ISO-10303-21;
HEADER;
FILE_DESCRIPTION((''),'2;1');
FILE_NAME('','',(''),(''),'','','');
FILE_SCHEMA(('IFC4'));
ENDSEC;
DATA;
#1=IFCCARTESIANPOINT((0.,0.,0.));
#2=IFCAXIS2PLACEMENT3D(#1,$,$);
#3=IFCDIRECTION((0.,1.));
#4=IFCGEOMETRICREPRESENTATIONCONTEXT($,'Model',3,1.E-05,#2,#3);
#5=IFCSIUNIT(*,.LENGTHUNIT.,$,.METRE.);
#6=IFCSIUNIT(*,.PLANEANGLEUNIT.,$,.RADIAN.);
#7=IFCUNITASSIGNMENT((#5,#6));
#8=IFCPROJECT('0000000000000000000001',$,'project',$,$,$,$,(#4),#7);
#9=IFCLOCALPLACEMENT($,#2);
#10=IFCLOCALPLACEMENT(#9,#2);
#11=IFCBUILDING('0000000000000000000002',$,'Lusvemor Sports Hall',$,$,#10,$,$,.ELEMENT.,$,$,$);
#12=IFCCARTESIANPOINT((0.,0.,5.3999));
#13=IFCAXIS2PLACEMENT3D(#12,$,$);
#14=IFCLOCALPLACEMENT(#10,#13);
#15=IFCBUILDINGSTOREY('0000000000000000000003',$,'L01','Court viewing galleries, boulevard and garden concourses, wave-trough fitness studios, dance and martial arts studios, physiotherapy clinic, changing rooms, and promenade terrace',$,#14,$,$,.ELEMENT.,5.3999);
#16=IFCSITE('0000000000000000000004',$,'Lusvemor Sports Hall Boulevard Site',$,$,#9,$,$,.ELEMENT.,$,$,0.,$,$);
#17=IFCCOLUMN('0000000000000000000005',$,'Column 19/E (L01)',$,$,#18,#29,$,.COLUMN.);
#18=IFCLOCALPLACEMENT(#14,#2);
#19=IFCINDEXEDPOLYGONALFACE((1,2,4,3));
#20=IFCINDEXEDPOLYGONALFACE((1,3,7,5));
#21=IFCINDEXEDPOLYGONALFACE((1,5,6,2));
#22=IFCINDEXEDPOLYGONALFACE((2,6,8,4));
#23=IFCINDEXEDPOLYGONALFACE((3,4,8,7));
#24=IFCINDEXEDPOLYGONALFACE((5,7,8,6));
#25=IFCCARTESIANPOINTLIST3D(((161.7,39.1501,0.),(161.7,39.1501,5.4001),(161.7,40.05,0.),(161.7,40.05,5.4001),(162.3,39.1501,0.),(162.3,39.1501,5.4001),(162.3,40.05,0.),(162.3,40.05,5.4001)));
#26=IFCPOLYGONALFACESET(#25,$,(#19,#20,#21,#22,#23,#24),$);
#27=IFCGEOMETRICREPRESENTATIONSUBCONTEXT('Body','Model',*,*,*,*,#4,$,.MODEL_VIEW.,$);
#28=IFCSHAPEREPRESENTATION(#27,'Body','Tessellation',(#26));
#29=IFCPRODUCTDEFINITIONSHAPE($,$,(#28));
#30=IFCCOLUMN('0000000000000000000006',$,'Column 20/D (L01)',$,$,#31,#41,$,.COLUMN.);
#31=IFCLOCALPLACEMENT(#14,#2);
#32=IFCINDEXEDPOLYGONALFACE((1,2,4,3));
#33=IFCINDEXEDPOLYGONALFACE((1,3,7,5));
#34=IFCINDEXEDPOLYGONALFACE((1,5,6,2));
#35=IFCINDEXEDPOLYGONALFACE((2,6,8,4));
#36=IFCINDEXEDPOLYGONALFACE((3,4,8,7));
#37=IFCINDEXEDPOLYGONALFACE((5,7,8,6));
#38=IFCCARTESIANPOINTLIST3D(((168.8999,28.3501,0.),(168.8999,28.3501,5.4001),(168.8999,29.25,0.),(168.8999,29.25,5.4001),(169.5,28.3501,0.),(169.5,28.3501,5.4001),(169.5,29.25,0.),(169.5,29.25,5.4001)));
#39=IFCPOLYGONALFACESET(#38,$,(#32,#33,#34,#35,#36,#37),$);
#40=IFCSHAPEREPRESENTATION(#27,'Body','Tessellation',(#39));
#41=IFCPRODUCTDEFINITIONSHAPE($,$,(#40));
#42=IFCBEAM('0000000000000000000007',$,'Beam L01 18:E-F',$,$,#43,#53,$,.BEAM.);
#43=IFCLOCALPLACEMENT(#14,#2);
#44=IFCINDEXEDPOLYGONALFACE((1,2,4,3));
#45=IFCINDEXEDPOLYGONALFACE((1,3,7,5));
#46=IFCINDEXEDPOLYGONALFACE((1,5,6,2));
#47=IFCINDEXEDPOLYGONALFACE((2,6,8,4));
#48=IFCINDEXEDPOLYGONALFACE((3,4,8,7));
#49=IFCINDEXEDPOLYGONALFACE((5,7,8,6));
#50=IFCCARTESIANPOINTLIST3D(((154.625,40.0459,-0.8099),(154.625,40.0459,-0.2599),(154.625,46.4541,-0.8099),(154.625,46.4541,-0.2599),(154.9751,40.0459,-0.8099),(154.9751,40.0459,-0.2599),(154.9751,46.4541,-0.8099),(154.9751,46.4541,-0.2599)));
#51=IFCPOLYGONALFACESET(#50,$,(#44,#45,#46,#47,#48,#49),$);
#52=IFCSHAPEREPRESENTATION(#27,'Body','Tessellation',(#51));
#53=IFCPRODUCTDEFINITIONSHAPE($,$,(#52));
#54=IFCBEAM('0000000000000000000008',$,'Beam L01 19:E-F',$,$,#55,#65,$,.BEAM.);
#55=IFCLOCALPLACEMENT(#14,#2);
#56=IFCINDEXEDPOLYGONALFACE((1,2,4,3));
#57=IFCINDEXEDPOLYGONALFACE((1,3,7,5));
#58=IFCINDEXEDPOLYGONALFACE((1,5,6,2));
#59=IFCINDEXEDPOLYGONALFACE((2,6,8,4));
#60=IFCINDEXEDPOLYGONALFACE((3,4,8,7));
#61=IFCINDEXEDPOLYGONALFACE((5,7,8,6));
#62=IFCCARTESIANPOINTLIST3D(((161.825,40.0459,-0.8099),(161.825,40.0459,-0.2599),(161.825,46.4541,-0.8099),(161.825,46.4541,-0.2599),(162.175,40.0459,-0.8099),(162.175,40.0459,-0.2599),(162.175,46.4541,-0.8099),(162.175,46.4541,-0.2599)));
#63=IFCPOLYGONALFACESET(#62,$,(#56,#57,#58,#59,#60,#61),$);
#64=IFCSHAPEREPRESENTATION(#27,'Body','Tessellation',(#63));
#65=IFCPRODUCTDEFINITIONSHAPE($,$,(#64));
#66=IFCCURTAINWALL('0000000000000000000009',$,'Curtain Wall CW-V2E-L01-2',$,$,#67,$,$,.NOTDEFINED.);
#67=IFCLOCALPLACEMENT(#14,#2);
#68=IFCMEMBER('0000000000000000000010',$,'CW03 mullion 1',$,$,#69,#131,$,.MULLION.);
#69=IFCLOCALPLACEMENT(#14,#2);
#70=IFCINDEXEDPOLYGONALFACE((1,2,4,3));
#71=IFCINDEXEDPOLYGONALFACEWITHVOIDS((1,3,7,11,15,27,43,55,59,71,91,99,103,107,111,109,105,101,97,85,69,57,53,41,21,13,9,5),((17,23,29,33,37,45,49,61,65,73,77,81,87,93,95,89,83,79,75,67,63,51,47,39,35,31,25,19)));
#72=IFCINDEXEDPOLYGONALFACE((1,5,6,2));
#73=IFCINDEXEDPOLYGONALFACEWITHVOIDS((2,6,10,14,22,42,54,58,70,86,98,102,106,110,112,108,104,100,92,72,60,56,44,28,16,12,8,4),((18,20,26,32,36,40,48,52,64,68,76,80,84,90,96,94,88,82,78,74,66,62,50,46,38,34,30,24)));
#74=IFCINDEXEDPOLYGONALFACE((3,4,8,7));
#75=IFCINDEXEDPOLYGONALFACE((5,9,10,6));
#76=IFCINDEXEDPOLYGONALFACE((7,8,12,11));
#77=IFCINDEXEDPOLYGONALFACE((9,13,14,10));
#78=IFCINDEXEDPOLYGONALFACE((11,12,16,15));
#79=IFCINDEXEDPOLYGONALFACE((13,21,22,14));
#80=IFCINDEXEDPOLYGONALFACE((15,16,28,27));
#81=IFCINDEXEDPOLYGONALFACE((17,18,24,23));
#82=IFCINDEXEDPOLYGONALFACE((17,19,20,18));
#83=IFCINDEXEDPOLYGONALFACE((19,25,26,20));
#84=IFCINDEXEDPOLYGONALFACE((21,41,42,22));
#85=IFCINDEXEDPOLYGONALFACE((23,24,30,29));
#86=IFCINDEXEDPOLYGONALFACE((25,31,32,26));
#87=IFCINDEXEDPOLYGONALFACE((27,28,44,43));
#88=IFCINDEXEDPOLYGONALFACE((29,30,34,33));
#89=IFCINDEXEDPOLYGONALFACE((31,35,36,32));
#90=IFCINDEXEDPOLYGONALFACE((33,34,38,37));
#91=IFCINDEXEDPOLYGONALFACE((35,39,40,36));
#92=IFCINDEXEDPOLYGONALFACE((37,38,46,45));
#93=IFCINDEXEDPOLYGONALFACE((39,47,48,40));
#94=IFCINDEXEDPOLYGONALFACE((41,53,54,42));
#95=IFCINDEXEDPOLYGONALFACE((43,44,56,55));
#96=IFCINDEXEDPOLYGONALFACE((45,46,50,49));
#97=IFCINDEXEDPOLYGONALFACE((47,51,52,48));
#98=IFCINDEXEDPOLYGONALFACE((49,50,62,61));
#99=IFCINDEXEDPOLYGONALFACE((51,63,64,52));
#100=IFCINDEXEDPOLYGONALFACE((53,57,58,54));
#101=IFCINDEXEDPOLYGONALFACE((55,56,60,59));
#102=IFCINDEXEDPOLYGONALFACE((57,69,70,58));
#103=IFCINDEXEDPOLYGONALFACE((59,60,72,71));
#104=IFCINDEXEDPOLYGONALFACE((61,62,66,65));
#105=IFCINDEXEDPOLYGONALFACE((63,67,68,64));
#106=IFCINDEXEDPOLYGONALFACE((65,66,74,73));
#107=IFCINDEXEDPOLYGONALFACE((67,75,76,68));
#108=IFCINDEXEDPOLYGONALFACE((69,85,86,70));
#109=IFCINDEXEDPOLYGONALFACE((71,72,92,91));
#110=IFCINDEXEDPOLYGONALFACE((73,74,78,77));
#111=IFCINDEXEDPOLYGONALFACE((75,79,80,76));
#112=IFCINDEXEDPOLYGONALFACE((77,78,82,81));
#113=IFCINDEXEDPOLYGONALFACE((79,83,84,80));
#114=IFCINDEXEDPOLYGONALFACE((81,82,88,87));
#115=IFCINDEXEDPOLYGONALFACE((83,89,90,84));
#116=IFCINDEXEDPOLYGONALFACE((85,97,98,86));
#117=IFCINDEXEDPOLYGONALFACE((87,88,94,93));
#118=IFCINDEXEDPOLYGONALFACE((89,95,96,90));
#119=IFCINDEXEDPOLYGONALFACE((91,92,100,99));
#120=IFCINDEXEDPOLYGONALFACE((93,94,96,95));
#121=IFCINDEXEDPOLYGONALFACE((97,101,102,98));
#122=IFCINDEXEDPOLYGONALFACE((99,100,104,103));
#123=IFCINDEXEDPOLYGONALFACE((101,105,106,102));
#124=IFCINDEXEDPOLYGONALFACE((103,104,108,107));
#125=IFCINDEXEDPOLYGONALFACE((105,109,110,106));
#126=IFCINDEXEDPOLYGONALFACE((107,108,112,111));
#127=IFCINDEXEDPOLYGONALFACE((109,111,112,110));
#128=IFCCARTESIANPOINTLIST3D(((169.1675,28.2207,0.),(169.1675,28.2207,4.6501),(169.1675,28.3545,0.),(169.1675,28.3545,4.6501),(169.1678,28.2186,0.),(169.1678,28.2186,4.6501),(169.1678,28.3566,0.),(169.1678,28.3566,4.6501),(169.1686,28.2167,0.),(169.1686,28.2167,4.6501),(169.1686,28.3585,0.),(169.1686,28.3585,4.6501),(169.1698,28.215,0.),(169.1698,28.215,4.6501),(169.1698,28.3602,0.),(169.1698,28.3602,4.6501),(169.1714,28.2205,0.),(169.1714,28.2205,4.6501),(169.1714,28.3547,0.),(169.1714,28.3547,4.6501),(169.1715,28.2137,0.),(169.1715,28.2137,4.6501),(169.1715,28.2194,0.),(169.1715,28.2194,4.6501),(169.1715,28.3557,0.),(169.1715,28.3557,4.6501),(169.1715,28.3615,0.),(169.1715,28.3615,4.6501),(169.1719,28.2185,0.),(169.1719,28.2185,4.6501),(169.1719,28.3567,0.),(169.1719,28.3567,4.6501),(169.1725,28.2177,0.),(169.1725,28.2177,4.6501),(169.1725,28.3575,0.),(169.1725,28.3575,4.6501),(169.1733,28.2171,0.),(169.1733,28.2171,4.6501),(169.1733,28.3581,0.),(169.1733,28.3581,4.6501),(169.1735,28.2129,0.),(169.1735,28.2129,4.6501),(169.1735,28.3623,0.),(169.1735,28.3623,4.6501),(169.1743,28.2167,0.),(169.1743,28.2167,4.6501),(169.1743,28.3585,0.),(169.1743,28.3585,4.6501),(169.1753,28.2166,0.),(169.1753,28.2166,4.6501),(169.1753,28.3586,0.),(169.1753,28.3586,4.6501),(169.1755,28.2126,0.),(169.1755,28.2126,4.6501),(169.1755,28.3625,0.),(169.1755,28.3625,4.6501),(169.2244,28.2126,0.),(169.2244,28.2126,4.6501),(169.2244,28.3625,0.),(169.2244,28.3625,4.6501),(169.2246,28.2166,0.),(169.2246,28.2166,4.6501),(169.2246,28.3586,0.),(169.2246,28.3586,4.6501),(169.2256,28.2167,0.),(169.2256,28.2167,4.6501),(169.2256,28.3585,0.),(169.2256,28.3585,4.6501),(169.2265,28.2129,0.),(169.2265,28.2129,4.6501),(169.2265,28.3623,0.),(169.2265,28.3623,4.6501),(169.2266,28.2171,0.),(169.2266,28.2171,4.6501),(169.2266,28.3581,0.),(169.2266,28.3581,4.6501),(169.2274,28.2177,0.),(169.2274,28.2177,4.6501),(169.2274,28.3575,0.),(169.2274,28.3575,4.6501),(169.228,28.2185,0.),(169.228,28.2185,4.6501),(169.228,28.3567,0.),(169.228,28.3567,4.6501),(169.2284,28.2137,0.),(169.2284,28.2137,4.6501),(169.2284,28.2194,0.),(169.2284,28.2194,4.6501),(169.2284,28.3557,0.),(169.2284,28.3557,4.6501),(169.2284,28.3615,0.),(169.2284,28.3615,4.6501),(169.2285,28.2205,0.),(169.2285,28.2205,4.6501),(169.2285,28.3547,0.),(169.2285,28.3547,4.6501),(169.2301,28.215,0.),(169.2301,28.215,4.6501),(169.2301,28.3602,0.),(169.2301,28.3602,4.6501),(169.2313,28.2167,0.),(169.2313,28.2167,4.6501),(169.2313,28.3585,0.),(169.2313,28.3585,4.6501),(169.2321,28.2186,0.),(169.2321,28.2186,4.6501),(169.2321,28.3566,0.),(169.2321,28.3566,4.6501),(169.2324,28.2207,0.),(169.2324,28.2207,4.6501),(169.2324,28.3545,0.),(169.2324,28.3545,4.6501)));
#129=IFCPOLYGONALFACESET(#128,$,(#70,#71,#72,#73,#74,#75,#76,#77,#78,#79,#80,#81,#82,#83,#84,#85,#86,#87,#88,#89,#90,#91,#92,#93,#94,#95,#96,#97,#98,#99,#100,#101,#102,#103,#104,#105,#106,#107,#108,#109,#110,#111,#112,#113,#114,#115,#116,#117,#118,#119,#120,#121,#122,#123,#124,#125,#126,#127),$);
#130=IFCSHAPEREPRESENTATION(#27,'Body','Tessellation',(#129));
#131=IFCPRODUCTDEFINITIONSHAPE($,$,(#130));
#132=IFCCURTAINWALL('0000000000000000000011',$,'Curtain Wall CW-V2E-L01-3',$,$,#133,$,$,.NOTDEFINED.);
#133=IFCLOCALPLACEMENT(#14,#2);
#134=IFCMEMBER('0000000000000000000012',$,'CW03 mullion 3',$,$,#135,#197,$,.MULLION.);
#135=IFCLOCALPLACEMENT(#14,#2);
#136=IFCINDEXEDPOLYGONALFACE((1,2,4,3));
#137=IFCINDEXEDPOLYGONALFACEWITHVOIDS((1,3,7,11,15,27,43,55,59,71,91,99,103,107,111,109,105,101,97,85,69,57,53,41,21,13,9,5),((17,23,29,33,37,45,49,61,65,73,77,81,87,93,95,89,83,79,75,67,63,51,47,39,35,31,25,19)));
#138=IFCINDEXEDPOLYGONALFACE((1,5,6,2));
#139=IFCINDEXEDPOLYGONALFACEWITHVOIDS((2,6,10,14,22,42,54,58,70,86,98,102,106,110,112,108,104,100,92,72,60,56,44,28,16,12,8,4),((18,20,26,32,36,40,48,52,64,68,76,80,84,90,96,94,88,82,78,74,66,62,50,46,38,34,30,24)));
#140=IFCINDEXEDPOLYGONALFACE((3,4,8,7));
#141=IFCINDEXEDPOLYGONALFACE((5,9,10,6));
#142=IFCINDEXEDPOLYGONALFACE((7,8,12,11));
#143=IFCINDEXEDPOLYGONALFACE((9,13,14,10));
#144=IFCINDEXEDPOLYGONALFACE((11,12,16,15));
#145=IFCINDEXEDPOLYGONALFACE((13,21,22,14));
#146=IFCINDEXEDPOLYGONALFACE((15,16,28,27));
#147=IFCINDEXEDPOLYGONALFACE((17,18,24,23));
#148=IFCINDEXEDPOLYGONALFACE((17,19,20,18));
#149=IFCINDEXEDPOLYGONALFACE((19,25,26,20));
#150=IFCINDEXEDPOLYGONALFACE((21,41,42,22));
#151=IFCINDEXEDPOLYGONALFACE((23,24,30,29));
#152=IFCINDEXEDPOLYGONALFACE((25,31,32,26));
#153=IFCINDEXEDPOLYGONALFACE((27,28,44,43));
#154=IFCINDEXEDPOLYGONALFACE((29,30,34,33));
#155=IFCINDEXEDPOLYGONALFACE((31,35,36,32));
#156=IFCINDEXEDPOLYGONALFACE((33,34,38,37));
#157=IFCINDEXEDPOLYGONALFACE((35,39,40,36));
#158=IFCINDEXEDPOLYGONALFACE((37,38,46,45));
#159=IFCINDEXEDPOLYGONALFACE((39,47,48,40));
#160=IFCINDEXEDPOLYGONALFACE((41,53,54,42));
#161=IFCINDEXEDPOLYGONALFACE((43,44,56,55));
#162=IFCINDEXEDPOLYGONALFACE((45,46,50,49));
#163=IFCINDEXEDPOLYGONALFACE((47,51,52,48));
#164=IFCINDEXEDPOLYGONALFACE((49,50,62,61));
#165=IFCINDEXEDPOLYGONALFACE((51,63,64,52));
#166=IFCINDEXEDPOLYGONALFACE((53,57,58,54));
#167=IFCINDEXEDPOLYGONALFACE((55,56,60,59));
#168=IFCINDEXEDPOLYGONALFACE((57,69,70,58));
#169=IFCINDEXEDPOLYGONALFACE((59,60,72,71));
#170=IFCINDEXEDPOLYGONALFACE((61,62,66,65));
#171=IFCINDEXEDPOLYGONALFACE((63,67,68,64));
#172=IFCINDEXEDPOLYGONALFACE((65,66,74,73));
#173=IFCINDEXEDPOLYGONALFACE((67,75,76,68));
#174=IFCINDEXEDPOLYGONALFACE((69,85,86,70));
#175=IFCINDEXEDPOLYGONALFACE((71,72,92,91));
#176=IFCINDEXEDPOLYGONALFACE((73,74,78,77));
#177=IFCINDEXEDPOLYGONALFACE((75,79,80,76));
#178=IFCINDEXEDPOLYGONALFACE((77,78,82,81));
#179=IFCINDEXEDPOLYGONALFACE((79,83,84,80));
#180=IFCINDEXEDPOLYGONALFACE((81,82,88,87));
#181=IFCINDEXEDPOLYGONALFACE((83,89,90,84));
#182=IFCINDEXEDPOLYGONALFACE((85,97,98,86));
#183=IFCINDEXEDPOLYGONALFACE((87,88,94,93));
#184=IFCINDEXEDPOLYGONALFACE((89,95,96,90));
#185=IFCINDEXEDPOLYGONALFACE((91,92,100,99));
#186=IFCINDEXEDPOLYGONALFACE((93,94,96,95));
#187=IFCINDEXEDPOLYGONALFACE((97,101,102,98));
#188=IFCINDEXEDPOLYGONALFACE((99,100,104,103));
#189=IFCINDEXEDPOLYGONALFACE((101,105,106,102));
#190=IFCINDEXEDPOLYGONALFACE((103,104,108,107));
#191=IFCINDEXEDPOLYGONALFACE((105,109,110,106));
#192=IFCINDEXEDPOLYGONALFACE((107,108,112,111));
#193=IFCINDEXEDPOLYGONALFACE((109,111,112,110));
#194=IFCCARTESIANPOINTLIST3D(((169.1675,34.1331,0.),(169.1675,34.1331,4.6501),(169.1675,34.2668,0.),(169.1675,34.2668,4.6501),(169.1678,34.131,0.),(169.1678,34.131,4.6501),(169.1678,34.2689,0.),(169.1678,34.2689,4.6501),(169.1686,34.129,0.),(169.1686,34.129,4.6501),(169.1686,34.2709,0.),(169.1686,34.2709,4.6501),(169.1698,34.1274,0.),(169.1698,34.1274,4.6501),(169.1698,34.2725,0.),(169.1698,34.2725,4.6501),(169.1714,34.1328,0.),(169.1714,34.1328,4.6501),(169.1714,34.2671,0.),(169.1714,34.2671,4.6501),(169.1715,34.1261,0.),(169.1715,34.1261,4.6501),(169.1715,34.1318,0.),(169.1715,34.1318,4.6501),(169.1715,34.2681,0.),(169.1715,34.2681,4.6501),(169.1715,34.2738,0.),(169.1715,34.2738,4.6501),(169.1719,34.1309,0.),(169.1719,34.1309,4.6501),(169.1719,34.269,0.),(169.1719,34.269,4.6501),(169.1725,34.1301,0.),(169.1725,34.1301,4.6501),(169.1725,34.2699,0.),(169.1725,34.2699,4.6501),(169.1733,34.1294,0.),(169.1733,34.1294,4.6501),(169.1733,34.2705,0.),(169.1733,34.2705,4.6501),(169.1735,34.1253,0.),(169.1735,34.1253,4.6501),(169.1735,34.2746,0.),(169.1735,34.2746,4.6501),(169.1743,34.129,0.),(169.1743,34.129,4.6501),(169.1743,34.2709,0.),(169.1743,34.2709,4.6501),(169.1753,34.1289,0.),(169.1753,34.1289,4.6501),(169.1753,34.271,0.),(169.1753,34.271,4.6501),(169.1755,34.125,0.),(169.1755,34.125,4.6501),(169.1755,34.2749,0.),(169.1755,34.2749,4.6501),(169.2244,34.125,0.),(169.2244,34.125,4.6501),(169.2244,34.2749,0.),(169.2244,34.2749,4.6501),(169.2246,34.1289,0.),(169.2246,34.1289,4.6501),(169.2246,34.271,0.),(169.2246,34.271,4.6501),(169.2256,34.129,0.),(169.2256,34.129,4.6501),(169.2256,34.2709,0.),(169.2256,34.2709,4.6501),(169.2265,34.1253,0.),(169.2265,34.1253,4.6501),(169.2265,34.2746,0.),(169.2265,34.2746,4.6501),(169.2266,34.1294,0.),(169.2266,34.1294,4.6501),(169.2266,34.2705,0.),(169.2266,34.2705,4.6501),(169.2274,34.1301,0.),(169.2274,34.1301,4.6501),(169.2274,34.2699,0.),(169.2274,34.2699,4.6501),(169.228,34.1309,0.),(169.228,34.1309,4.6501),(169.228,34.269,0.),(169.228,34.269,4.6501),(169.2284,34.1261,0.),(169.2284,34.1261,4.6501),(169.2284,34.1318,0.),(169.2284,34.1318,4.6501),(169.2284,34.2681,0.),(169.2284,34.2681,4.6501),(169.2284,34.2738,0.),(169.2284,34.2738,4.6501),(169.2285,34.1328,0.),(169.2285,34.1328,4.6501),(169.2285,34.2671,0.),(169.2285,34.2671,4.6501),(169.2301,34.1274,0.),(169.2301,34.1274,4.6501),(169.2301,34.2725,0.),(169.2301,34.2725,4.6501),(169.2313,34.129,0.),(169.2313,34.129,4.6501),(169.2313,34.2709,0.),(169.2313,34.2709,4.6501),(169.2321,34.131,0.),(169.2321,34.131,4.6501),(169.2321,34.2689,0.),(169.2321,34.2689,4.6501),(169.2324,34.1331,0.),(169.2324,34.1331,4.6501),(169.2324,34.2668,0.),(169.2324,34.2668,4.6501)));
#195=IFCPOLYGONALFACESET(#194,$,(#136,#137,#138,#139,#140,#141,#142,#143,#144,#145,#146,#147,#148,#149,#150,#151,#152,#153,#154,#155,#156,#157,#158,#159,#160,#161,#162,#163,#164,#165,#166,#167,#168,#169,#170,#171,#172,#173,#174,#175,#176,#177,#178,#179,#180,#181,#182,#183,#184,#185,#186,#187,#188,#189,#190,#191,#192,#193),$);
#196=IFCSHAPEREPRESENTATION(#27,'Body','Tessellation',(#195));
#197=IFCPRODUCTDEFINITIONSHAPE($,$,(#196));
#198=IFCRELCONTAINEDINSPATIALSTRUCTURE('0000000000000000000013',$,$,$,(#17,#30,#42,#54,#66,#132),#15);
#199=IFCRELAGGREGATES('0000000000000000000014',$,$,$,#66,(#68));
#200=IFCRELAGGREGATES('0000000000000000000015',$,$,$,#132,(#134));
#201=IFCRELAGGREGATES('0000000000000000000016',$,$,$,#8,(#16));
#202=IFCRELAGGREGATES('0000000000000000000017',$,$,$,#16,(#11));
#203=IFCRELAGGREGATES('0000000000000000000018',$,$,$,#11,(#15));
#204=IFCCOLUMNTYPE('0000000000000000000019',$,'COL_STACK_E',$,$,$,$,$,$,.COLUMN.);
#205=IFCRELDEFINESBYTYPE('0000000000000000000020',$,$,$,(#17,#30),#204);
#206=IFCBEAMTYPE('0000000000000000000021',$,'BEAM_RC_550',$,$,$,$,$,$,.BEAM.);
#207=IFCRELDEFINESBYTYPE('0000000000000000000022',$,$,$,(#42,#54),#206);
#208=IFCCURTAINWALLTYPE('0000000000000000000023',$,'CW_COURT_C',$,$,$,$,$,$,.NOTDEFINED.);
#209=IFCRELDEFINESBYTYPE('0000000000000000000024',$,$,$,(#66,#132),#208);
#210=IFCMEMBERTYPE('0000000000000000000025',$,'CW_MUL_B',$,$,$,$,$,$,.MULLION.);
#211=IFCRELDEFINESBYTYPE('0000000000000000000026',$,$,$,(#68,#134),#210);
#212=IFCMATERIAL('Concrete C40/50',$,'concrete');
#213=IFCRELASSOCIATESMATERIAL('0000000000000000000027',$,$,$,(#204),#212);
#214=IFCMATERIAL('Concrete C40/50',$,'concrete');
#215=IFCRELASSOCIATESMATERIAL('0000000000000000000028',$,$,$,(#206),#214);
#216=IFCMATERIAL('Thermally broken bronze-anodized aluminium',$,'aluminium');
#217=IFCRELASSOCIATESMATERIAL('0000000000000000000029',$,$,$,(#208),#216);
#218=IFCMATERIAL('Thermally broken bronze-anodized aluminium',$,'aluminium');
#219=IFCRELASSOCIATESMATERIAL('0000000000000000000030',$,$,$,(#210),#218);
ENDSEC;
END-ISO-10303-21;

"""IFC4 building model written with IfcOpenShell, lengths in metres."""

from ifc_helpers import new_model, si_unit, direction, frame, origin, origin_2d, place, context, subcontext, project, spatial, rectangle, hollow_rectangle, extrude, material, material_profile, profile_set, type_object, element, aggregate, save


model = new_model("IFC4")

# Units and contexts
model_context = context("Model", 3, precision=1e-05, world=origin(), true_north=direction((0.0, 1.0)))
body_context = subcontext(model_context, "Body", "Model", "MODEL_VIEW")
ifc_project = project(units=[si_unit("LENGTHUNIT", "METRE"), si_unit("PLANEANGLEUNIT", "RADIAN")], contexts=[model_context])

# Site, building, storey
site_placement = place(None, origin())
site = spatial("IfcSite", under=ifc_project, at=site_placement, Name="Lusvemor Sports Hall Boulevard Site", CompositionType="ELEMENT", RefElevation=0.0)
building_placement = place(site_placement, origin())
building = spatial("IfcBuilding", under=site, at=building_placement, Name="Lusvemor Sports Hall", CompositionType="ELEMENT")
storey_placement = place(building_placement, frame((0.0, 0.0, 5.3999)))
storey = spatial("IfcBuildingStorey", under=building, at=storey_placement, Name="L01", Description="Court viewing galleries, boulevard and garden concourses, wave-trough fitness studios, dance and martial arts studios, physiotherapy clinic, changing rooms, and promenade terrace", CompositionType="ELEMENT", Elevation=5.3999)

# Columns
ifc_material_1 = material(Name="Concrete C40/50", Category="concrete")
ifc_material_profile_1 = material_profile(ifc_material_1, rectangle(XDim=0.6001, YDim=0.8999, at=origin_2d()), Name="RC600x900")
ifc_profile_set_1 = profile_set([ifc_material_profile_1], Name="Concrete C40/50")
column_type = type_object("IfcColumnType", Name="COL_STACK_E", PredefinedType="COLUMN", material=ifc_profile_set_1)
for number, where, z_axis, x_axis, name in (
    (1, (162.0, 39.6001, 0.0), (0.0, 0.0, 1.0), (1.0, 0.0, 0.0), "Column 19/E (L01)"),
    (2, (169.2, 28.8, 0.0), (0.0, 0.0, 1.0), (1.0, 0.0, 0.0), "Column 20/D (L01)"),
):
    element("IfcColumn", number, at=place(storey_placement, frame(where, z_axis=z_axis, x_axis=x_axis)), inside=storey, type_object=column_type, Name=name, PredefinedType="COLUMN", context=body_context, shape_type="SweptSolid", body=[
        extrude(rectangle(XDim=0.6001, YDim=0.8999, at=origin_2d()), origin(), (0.0, 0.0, 1.0), 5.4001),
    ])

# Beams
ifc_material_2 = material(Name="Concrete C40/50", Category="concrete")
ifc_material_profile_2 = material_profile(ifc_material_2, rectangle(XDim=0.3501, YDim=0.55, at=origin_2d()), Name="RC350x550")
ifc_profile_set_2 = profile_set([ifc_material_profile_2], Name="Concrete C40/50")
beam_type_1 = type_object("IfcBeamType", Name="BEAM_RC_550", PredefinedType="BEAM", material=ifc_profile_set_2)
for number, where, z_axis, x_axis, name in (
    (3, (154.8, 40.0459, -0.5349), (0.0, 1.0, 0.0), (-1.0, 0.0, 0.0), "Beam L01 18:E-F"),
    (4, (162.0, 40.0459, -0.5349), (0.0, 1.0, 0.0), (-1.0, 0.0, 0.0), "Beam L01 19:E-F"),
):
    element("IfcBeam", number, at=place(storey_placement, frame(where, z_axis=z_axis, x_axis=x_axis)), inside=storey, type_object=beam_type_1, Name=name, PredefinedType="BEAM", context=body_context, shape_type="SweptSolid", body=[
        extrude(rectangle(XDim=0.3501, YDim=0.55, at=origin_2d()), origin(), (0.0, 0.0, 1.0), 6.4082),
    ])

# Curtain wall, member
ifc_material_3 = material(Name="Thermally broken bronze-anodized aluminium", Category="aluminium")
curtain_wall_type = type_object("IfcCurtainWallType", Name="CW_COURT_C", PredefinedType="NOTDEFINED", material=ifc_material_3)
curtain_wall_1_placement = place(storey_placement, origin())
curtain_wall_1 = element("IfcCurtainWall", 5, at=curtain_wall_1_placement, inside=storey, type_object=curtain_wall_type, Name="Curtain Wall CW-V2E-L01-2", PredefinedType="NOTDEFINED")
ifc_material_4 = material(Name="Thermally broken bronze-anodized aluminium", Category="aluminium")
ifc_material_profile_3 = material_profile(ifc_material_4, hollow_rectangle(XDim=0.0649, YDim=0.1499, WallThickness=0.0039, InnerFilletRadius=0.0039, OuterFilletRadius=0.0081, at=origin_2d()), Name="CWMUL150x65x4")
ifc_profile_set_3 = profile_set([ifc_material_profile_3], Name="Thermally broken bronze-anodized aluminium")
member_type_1 = type_object("IfcMemberType", Name="CW_MUL_B", PredefinedType="MULLION", material=ifc_profile_set_3)
member_1_placement = place(storey_placement, frame((169.2, 28.2876, 0.0), z_axis=(0.0, 0.0, 1.0), x_axis=(1.0, 0.0, 0.0)))
member_1 = element("IfcMember", 6, at=member_1_placement, type_object=member_type_1, Name="CW03 mullion 1", PredefinedType="MULLION", context=body_context, shape_type="SweptSolid", body=[
    extrude(hollow_rectangle(XDim=0.0649, YDim=0.1499, WallThickness=0.0039, InnerFilletRadius=0.0039, OuterFilletRadius=0.0081, at=origin_2d()), origin(), (0.0, 0.0, 1.0), 4.6501),
])
aggregate(curtain_wall_1, [member_1])

# Curtain wall, member
curtain_wall_2_placement = place(storey_placement, origin())
curtain_wall_2 = element("IfcCurtainWall", 7, at=curtain_wall_2_placement, inside=storey, type_object=curtain_wall_type, Name="Curtain Wall CW-V2E-L01-3", PredefinedType="NOTDEFINED")
member_2_placement = place(storey_placement, frame((169.2, 34.2, 0.0), z_axis=(0.0, 0.0, 1.0), x_axis=(1.0, 0.0, 0.0)))
member_2 = element("IfcMember", 8, at=member_2_placement, type_object=member_type_1, Name="CW03 mullion 3", PredefinedType="MULLION", context=body_context, shape_type="SweptSolid", body=[
    extrude(hollow_rectangle(XDim=0.0649, YDim=0.1499, WallThickness=0.0039, InnerFilletRadius=0.0039, OuterFilletRadius=0.0081, at=origin_2d()), origin(), (0.0, 0.0, 1.0), 4.6501),
])

aggregate(curtain_wall_2, [member_2])

save(model, "model.ifc")
